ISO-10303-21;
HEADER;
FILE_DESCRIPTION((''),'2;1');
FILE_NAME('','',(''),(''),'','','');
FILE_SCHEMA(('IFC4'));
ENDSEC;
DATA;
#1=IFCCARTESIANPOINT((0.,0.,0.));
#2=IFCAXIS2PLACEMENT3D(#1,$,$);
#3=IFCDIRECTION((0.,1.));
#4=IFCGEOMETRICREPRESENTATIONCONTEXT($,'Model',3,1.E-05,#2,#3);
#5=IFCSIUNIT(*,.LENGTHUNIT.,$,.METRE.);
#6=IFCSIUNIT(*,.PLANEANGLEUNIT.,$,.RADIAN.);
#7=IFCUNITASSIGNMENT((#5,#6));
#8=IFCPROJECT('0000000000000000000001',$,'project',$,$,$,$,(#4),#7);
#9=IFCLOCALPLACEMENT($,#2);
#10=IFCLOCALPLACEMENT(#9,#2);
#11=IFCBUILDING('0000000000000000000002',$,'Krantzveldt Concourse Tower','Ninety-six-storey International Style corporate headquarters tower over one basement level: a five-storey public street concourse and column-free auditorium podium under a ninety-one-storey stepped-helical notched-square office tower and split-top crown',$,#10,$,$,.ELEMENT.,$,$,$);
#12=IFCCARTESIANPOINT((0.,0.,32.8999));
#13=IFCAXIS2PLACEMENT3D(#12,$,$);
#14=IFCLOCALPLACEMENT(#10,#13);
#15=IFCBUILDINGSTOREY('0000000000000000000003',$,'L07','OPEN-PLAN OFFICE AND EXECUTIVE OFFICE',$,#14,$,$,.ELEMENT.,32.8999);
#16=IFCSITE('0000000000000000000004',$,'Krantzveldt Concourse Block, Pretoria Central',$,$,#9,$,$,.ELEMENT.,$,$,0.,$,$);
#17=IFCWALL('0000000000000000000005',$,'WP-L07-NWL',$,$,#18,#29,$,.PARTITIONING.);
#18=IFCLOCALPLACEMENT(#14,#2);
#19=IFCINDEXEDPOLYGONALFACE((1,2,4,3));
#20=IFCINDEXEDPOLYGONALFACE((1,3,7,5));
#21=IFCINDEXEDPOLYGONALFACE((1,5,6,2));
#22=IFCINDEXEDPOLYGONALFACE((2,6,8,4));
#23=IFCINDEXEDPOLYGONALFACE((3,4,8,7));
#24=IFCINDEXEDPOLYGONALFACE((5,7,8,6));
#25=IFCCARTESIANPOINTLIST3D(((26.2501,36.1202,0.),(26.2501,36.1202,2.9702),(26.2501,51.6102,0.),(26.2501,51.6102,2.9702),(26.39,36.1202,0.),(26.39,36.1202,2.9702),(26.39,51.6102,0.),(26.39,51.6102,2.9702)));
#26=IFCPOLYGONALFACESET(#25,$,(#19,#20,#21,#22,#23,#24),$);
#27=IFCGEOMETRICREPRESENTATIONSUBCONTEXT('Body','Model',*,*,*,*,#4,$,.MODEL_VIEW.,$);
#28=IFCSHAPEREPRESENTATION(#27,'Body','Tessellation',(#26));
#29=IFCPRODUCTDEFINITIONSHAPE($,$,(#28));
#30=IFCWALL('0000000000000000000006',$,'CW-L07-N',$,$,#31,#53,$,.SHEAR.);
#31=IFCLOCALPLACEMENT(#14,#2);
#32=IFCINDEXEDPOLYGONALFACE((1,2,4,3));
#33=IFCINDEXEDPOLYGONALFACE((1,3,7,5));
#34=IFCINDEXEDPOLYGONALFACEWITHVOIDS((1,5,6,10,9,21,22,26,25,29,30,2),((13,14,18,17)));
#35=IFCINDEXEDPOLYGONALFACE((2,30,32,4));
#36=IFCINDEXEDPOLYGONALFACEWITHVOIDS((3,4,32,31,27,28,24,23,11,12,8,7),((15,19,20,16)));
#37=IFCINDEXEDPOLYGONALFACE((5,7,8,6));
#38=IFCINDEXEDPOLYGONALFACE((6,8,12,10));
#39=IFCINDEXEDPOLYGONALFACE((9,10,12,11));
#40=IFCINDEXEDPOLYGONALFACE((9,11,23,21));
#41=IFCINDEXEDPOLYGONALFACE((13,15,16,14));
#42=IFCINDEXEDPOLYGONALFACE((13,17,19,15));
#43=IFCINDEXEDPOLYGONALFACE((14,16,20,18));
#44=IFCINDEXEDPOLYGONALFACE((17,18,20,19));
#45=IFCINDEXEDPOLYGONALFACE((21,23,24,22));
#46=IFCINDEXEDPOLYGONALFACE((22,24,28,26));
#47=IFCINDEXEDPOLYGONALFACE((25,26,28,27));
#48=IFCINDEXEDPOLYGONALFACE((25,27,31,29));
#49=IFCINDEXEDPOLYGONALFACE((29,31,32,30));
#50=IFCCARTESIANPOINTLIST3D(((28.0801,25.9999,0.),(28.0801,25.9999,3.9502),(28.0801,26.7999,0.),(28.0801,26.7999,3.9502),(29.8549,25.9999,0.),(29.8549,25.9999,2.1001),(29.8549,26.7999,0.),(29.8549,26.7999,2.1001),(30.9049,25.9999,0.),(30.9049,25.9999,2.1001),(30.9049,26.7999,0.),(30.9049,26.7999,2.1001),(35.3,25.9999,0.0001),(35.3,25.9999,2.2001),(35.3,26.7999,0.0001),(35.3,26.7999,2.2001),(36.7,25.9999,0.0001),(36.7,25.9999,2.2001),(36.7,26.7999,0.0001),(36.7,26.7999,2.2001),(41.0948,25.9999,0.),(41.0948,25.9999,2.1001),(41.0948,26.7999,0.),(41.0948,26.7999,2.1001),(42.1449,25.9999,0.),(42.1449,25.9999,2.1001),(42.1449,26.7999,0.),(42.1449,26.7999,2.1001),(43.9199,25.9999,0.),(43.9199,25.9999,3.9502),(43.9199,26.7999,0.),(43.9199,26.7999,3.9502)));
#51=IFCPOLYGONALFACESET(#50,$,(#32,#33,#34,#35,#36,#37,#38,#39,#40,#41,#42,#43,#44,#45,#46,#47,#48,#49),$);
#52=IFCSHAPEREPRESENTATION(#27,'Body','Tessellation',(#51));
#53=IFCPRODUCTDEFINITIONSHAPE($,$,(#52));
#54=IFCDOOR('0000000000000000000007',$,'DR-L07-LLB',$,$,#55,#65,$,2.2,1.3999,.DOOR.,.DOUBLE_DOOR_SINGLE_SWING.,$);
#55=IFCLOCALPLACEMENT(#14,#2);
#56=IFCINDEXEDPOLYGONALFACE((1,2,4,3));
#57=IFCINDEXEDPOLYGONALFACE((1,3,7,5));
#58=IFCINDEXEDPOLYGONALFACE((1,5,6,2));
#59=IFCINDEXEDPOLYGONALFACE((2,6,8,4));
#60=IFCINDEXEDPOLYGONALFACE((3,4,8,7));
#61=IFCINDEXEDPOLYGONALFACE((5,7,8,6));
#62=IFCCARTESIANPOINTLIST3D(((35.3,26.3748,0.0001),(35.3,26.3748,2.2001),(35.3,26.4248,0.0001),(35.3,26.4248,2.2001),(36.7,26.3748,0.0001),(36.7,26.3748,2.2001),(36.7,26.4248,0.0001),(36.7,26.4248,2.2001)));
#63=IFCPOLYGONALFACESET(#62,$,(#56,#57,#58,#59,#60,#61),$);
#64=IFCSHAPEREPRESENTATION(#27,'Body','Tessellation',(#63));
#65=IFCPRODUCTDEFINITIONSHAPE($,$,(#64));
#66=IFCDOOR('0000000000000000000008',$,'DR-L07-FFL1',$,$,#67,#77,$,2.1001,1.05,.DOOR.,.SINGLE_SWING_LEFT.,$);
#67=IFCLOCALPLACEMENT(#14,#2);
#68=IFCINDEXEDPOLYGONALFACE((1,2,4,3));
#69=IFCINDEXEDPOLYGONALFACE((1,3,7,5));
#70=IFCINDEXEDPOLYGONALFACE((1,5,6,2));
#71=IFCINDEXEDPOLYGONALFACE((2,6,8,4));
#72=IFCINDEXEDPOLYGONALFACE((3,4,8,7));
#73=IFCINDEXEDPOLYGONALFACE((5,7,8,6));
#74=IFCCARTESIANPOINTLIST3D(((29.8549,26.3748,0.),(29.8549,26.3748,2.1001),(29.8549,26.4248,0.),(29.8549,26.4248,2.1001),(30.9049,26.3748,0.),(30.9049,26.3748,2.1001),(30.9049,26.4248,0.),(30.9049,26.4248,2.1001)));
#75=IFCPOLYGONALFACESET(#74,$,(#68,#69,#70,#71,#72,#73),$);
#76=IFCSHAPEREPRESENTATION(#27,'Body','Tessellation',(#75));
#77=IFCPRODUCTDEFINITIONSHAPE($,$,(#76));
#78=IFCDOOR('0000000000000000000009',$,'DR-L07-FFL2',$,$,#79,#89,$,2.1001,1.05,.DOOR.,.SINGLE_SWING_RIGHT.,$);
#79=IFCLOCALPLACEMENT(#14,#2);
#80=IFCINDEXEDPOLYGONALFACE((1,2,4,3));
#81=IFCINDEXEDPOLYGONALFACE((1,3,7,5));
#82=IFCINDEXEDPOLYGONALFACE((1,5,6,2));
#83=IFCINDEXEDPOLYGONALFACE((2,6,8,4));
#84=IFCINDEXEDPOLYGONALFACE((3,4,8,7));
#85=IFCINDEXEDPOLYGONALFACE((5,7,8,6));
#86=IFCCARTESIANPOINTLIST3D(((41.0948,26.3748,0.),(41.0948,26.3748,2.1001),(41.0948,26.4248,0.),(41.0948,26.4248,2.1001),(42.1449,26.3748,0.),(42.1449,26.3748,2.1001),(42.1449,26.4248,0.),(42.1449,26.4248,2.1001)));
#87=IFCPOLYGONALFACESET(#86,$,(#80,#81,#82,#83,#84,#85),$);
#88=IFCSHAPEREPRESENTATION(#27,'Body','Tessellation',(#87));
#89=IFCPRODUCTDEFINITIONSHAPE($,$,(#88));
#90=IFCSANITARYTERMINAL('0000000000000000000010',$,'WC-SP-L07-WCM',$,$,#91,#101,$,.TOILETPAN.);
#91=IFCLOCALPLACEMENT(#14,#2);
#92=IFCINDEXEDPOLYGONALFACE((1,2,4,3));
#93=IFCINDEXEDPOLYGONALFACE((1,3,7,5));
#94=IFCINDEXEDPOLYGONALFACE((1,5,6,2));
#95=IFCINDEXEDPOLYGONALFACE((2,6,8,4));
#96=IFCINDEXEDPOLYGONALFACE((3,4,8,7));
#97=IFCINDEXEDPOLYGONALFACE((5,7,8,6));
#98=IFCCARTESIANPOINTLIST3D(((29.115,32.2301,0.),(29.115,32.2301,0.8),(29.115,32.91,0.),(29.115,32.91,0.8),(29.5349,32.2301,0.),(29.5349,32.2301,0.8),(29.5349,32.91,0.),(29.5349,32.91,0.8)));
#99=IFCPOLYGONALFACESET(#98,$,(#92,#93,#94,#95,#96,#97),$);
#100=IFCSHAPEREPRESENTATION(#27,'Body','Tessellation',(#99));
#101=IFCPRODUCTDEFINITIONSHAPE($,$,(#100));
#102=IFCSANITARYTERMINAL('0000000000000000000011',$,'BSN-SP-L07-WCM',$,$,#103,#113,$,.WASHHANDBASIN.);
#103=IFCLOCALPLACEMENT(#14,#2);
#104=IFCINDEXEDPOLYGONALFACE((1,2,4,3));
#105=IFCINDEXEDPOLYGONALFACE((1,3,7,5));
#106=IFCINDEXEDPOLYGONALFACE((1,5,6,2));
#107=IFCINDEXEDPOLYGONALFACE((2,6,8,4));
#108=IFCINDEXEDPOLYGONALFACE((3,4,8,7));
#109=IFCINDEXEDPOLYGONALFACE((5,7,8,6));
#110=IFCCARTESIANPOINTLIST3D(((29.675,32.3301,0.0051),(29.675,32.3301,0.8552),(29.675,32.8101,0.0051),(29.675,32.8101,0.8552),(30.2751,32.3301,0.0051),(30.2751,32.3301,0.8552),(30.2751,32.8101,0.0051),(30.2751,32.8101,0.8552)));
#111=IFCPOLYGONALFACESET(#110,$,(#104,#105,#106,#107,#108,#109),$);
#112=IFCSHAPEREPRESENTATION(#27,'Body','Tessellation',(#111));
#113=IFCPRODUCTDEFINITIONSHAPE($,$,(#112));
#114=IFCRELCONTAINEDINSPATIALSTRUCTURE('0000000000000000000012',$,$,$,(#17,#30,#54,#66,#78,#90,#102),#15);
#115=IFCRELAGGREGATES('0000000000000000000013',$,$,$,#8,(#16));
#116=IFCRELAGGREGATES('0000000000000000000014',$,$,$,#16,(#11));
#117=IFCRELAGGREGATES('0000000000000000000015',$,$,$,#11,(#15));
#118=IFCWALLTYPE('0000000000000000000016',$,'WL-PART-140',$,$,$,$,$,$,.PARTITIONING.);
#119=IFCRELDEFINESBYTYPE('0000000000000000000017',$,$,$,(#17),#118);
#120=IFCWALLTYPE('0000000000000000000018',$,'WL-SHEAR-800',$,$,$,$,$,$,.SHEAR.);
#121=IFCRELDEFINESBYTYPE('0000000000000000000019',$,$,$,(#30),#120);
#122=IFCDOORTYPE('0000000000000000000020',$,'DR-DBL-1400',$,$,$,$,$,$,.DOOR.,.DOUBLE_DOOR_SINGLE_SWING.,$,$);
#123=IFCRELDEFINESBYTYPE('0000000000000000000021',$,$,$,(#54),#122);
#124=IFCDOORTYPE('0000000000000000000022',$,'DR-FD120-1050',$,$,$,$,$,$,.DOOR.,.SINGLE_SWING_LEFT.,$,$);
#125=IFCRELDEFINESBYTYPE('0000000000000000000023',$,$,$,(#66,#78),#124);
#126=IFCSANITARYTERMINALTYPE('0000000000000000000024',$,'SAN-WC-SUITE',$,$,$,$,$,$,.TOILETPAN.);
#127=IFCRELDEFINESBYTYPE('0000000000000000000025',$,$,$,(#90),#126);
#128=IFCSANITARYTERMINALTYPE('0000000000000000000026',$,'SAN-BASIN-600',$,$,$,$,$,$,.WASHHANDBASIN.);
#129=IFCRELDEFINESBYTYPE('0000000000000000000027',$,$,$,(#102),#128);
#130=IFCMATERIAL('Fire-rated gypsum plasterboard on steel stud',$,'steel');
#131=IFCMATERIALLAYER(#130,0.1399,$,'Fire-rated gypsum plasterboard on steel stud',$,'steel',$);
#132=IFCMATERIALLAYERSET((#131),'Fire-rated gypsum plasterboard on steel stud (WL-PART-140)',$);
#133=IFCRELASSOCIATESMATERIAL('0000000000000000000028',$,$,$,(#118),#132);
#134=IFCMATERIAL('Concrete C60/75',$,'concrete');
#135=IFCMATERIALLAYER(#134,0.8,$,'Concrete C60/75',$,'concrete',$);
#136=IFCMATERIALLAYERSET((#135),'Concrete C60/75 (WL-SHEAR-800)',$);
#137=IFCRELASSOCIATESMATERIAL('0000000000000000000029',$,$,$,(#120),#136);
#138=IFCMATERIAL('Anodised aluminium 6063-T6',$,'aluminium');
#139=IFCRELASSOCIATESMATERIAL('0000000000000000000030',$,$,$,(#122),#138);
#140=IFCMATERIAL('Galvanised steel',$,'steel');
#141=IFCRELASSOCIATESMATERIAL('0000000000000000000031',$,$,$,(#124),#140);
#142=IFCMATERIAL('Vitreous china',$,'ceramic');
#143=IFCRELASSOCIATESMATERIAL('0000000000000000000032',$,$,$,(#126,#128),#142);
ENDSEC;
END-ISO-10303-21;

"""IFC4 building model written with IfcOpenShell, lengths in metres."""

from ifc_helpers import new_model, si_unit, direction, frame, frame_2d, origin, origin_2d, place, context, subcontext, project, spatial, rectangle, extrude, source, transform, mapped, material, layer, layer_set, type_object, type_shapes, element, fill, save


model = new_model("IFC4")

# Units and contexts
model_context = context("Model", 3, precision=1e-05, world=origin(), true_north=direction((0.0, 1.0)))
body_context = subcontext(model_context, "Body", "Model", "MODEL_VIEW")
ifc_project = project(units=[si_unit("LENGTHUNIT", "METRE"), si_unit("PLANEANGLEUNIT", "RADIAN")], contexts=[model_context])

# Site, building, storey
site_placement = place(None, origin())
site = spatial("IfcSite", under=ifc_project, at=site_placement, Name="Krantzveldt Concourse Block, Pretoria Central", CompositionType="ELEMENT", RefElevation=0.0)
building_placement = place(site_placement, origin())
building = spatial("IfcBuilding", under=site, at=building_placement, Name="Krantzveldt Concourse Tower", Description="Ninety-six-storey International Style corporate headquarters tower over one basement level: a five-storey public street concourse and column-free auditorium podium under a ninety-one-storey stepped-helical notched-square office tower and split-top crown", CompositionType="ELEMENT")
storey_placement = place(building_placement, frame((0.0, 0.0, 32.8999)))
storey = spatial("IfcBuildingStorey", under=building, at=storey_placement, Name="L07", Description="OPEN-PLAN OFFICE AND EXECUTIVE OFFICE", CompositionType="ELEMENT", Elevation=32.8999)

# Shared definitions
ifc_material_1 = material(Name="Fire-rated gypsum plasterboard on steel stud", Category="steel")

# Shared definitions
ifc_layer_1 = layer(ifc_material_1, 0.1399, Name="Fire-rated gypsum plasterboard on steel stud", Category="steel")
ifc_layer_set_1 = layer_set([ifc_layer_1], Name="Fire-rated gypsum plasterboard on steel stud (WL-PART-140)")
wall_type_1 = type_object("IfcWallType", Name="WL-PART-140", PredefinedType="PARTITIONING", material=ifc_layer_set_1)

# Wall
wall_1_placement = place(storey_placement, frame((26.3201, 36.1201, 0.0), z_axis=(0.0, 0.0, 1.0), x_axis=(0.0, 1.0, 0.0)))
element("IfcWall", 1, at=wall_1_placement, inside=storey, type_object=wall_type_1, Name="WP-L07-NWL", PredefinedType="PARTITIONING", context=body_context, shape_type="SweptSolid", body=[
    extrude(rectangle(XDim=15.49, YDim=0.1399, at=frame_2d((7.7451, 0.0))), origin(), (0.0, 0.0, 1.0), 2.9702),
])

# Wall, openings, doors
ifc_material_2 = material(Name="Concrete C60/75", Category="concrete")
ifc_layer_2 = layer(ifc_material_2, 0.8, Name="Concrete C60/75", Category="concrete")
ifc_layer_set_2 = layer_set([ifc_layer_2], Name="Concrete C60/75 (WL-SHEAR-800)")
wall_type_2 = type_object("IfcWallType", Name="WL-SHEAR-800", PredefinedType="SHEAR", material=ifc_layer_set_2)
wall_2_placement = place(storey_placement, frame((28.0801, 26.3999, 0.0), z_axis=(0.0, 0.0, 1.0), x_axis=(1.0, 0.0, 0.0)))
wall_2 = element("IfcWall", 2, at=wall_2_placement, inside=storey, type_object=wall_type_2, Name="CW-L07-N", PredefinedType="SHEAR", context=body_context, shape_type="SweptSolid", body=[
    extrude(rectangle(XDim=15.8398, YDim=0.8, at=frame_2d((7.9199, 0.0))), origin(), (0.0, 0.0, 1.0), 3.9502),
])
opening_1_placement = place(wall_2_placement, frame((7.22, 0.0, 0.0)))
opening_1 = element("IfcOpeningElement", 3, at=opening_1_placement, cuts=wall_2, PredefinedType="OPENING", context=body_context, shape_type="SweptSolid", body=[
    extrude(rectangle(XDim=1.3999, YDim=2.2, at=frame_2d((0.7, 1.1001))), frame((0.0, 0.4102, 0.0), z_axis=(0.0, -1.0, 0.0), x_axis=(1.0, 0.0, 0.0)), (0.0, 0.0, 1.0), 0.8201),
])
opening_2_placement = place(wall_2_placement, frame((1.7749, 0.0, 0.0)))
opening_2 = element("IfcOpeningElement", 4, at=opening_2_placement, cuts=wall_2, PredefinedType="OPENING", context=body_context, shape_type="SweptSolid", body=[
    extrude(rectangle(XDim=1.05, YDim=2.1001, at=frame_2d((0.5249, 1.05))), frame((0.0, 0.4102, 0.0), z_axis=(0.0, -1.0, 0.0), x_axis=(1.0, 0.0, 0.0)), (0.0, 0.0, 1.0), 0.8201),
])
opening_3_placement = place(wall_2_placement, frame((13.0149, 0.0, 0.0)))
opening_3 = element("IfcOpeningElement", 5, at=opening_3_placement, cuts=wall_2, PredefinedType="OPENING", context=body_context, shape_type="SweptSolid", body=[
    extrude(rectangle(XDim=1.05, YDim=2.1001, at=frame_2d((0.5249, 1.05))), frame((0.0, 0.4102, 0.0), z_axis=(0.0, -1.0, 0.0), x_axis=(1.0, 0.0, 0.0)), (0.0, 0.0, 1.0), 0.8201),
])
ifc_material_3 = material(Name="Anodised aluminium 6063-T6", Category="aluminium")
door_type_1 = type_object("IfcDoorType", Name="DR-DBL-1400", OperationType="DOUBLE_DOOR_SINGLE_SWING", PredefinedType="DOOR", material=ifc_material_3)
door_1_placement = place(opening_1_placement, origin())
door_1 = element("IfcDoor", 6, at=door_1_placement, inside=storey, type_object=door_type_1, Name="DR-L07-LLB", OperationType="DOUBLE_DOOR_SINGLE_SWING", OverallHeight=2.2, OverallWidth=1.3999, PredefinedType="DOOR", context=body_context, shape_type="SweptSolid", body=[
    extrude(rectangle(XDim=1.3999, YDim=2.2, at=frame_2d((0.7, 1.1001))), frame((0.0, 0.0249, 0.0), z_axis=(0.0, -1.0, 0.0), x_axis=(1.0, 0.0, 0.0)), (0.0, 0.0, 1.0), 0.05),
])
fill(opening_1, door_1)
ifc_material_4 = material(Name="Galvanised steel", Category="steel")
door_type_2 = type_object("IfcDoorType", Name="DR-FD120-1050", OperationType="SINGLE_SWING_LEFT", PredefinedType="DOOR", material=ifc_material_4)
door_2_placement = place(opening_2_placement, origin())
door_2 = element("IfcDoor", 7, at=door_2_placement, inside=storey, type_object=door_type_2, Name="DR-L07-FFL1", OperationType="SINGLE_SWING_LEFT", OverallHeight=2.1001, OverallWidth=1.05, PredefinedType="DOOR", context=body_context, shape_type="SweptSolid", body=[
    extrude(rectangle(XDim=1.05, YDim=2.1001, at=frame_2d((0.5249, 1.05))), frame((0.0, 0.0249, 0.0), z_axis=(0.0, -1.0, 0.0), x_axis=(1.0, 0.0, 0.0)), (0.0, 0.0, 1.0), 0.05),
])
fill(opening_2, door_2)
door_3_placement = place(opening_3_placement, origin())
door_3 = element("IfcDoor", 8, at=door_3_placement, inside=storey, type_object=door_type_2, Name="DR-L07-FFL2", OperationType="SINGLE_SWING_RIGHT", OverallHeight=2.1001, OverallWidth=1.05, PredefinedType="DOOR", context=body_context, shape_type="SweptSolid", body=[
    extrude(rectangle(XDim=1.05, YDim=2.1001, at=frame_2d((0.5249, 1.05))), frame((0.0, 0.0249, 0.0), z_axis=(0.0, -1.0, 0.0), x_axis=(1.0, 0.0, 0.0)), (0.0, 0.0, 1.0), 0.05),
])
fill(opening_3, door_3)

# Sanitary terminals
ifc_material_5 = material(Name="Vitreous china", Category="ceramic")
sanitary_terminal_type_1 = type_object("IfcSanitaryTerminalType", Name="SAN-WC-SUITE", PredefinedType="TOILETPAN", material=ifc_material_5)
shared_shape_1 = source(origin(), body_context, "Body", "SweptSolid", [
    extrude(rectangle(XDim=0.4199, YDim=0.6799, at=origin_2d()), origin(), (0.0, 0.0, 1.0), 0.8),
])
type_shapes(sanitary_terminal_type_1, [shared_shape_1])
sanitary_terminal_1_placement = place(storey_placement, frame((29.325, 32.5701, 0.0), z_axis=(0.0, 0.0, 1.0), x_axis=(1.0, 0.0, 0.0)))
element("IfcSanitaryTerminal", 9, at=sanitary_terminal_1_placement, inside=storey, type_object=sanitary_terminal_type_1, Name="WC-SP-L07-WCM", PredefinedType="TOILETPAN", context=body_context, shape_type="MappedRepresentation", body=[
    mapped(shared_shape_1, transform((0.0, 0.0, 0.0), x_axis=(1.0, 0.0, 0.0), y_axis=(0.0, 1.0, 0.0), z_axis=(0.0, 0.0, 1.0), scale=1.0)),
])
sanitary_terminal_type_2 = type_object("IfcSanitaryTerminalType", Name="SAN-BASIN-600", PredefinedType="WASHHANDBASIN", material=ifc_material_5)
shared_shape_2 = source(origin(), body_context, "Body", "SweptSolid", [
    extrude(rectangle(XDim=0.6001, YDim=0.48, at=origin_2d()), origin(), (0.0, 0.0, 1.0), 0.8501),
])
type_shapes(sanitary_terminal_type_2, [shared_shape_2])
sanitary_terminal_2_placement = place(storey_placement, frame((29.9751, 32.5701, 0.0051), z_axis=(0.0, 0.0, 1.0), x_axis=(1.0, 0.0, 0.0)))
element("IfcSanitaryTerminal", 10, at=sanitary_terminal_2_placement, inside=storey, type_object=sanitary_terminal_type_2, Name="BSN-SP-L07-WCM", PredefinedType="WASHHANDBASIN", context=body_context, shape_type="MappedRepresentation", body=[
    mapped(shared_shape_2, transform((0.0, 0.0, 0.0), x_axis=(1.0, 0.0, 0.0), y_axis=(0.0, 1.0, 0.0), z_axis=(0.0, 0.0, 1.0), scale=1.0)),
])

save(model, "model.ifc")
